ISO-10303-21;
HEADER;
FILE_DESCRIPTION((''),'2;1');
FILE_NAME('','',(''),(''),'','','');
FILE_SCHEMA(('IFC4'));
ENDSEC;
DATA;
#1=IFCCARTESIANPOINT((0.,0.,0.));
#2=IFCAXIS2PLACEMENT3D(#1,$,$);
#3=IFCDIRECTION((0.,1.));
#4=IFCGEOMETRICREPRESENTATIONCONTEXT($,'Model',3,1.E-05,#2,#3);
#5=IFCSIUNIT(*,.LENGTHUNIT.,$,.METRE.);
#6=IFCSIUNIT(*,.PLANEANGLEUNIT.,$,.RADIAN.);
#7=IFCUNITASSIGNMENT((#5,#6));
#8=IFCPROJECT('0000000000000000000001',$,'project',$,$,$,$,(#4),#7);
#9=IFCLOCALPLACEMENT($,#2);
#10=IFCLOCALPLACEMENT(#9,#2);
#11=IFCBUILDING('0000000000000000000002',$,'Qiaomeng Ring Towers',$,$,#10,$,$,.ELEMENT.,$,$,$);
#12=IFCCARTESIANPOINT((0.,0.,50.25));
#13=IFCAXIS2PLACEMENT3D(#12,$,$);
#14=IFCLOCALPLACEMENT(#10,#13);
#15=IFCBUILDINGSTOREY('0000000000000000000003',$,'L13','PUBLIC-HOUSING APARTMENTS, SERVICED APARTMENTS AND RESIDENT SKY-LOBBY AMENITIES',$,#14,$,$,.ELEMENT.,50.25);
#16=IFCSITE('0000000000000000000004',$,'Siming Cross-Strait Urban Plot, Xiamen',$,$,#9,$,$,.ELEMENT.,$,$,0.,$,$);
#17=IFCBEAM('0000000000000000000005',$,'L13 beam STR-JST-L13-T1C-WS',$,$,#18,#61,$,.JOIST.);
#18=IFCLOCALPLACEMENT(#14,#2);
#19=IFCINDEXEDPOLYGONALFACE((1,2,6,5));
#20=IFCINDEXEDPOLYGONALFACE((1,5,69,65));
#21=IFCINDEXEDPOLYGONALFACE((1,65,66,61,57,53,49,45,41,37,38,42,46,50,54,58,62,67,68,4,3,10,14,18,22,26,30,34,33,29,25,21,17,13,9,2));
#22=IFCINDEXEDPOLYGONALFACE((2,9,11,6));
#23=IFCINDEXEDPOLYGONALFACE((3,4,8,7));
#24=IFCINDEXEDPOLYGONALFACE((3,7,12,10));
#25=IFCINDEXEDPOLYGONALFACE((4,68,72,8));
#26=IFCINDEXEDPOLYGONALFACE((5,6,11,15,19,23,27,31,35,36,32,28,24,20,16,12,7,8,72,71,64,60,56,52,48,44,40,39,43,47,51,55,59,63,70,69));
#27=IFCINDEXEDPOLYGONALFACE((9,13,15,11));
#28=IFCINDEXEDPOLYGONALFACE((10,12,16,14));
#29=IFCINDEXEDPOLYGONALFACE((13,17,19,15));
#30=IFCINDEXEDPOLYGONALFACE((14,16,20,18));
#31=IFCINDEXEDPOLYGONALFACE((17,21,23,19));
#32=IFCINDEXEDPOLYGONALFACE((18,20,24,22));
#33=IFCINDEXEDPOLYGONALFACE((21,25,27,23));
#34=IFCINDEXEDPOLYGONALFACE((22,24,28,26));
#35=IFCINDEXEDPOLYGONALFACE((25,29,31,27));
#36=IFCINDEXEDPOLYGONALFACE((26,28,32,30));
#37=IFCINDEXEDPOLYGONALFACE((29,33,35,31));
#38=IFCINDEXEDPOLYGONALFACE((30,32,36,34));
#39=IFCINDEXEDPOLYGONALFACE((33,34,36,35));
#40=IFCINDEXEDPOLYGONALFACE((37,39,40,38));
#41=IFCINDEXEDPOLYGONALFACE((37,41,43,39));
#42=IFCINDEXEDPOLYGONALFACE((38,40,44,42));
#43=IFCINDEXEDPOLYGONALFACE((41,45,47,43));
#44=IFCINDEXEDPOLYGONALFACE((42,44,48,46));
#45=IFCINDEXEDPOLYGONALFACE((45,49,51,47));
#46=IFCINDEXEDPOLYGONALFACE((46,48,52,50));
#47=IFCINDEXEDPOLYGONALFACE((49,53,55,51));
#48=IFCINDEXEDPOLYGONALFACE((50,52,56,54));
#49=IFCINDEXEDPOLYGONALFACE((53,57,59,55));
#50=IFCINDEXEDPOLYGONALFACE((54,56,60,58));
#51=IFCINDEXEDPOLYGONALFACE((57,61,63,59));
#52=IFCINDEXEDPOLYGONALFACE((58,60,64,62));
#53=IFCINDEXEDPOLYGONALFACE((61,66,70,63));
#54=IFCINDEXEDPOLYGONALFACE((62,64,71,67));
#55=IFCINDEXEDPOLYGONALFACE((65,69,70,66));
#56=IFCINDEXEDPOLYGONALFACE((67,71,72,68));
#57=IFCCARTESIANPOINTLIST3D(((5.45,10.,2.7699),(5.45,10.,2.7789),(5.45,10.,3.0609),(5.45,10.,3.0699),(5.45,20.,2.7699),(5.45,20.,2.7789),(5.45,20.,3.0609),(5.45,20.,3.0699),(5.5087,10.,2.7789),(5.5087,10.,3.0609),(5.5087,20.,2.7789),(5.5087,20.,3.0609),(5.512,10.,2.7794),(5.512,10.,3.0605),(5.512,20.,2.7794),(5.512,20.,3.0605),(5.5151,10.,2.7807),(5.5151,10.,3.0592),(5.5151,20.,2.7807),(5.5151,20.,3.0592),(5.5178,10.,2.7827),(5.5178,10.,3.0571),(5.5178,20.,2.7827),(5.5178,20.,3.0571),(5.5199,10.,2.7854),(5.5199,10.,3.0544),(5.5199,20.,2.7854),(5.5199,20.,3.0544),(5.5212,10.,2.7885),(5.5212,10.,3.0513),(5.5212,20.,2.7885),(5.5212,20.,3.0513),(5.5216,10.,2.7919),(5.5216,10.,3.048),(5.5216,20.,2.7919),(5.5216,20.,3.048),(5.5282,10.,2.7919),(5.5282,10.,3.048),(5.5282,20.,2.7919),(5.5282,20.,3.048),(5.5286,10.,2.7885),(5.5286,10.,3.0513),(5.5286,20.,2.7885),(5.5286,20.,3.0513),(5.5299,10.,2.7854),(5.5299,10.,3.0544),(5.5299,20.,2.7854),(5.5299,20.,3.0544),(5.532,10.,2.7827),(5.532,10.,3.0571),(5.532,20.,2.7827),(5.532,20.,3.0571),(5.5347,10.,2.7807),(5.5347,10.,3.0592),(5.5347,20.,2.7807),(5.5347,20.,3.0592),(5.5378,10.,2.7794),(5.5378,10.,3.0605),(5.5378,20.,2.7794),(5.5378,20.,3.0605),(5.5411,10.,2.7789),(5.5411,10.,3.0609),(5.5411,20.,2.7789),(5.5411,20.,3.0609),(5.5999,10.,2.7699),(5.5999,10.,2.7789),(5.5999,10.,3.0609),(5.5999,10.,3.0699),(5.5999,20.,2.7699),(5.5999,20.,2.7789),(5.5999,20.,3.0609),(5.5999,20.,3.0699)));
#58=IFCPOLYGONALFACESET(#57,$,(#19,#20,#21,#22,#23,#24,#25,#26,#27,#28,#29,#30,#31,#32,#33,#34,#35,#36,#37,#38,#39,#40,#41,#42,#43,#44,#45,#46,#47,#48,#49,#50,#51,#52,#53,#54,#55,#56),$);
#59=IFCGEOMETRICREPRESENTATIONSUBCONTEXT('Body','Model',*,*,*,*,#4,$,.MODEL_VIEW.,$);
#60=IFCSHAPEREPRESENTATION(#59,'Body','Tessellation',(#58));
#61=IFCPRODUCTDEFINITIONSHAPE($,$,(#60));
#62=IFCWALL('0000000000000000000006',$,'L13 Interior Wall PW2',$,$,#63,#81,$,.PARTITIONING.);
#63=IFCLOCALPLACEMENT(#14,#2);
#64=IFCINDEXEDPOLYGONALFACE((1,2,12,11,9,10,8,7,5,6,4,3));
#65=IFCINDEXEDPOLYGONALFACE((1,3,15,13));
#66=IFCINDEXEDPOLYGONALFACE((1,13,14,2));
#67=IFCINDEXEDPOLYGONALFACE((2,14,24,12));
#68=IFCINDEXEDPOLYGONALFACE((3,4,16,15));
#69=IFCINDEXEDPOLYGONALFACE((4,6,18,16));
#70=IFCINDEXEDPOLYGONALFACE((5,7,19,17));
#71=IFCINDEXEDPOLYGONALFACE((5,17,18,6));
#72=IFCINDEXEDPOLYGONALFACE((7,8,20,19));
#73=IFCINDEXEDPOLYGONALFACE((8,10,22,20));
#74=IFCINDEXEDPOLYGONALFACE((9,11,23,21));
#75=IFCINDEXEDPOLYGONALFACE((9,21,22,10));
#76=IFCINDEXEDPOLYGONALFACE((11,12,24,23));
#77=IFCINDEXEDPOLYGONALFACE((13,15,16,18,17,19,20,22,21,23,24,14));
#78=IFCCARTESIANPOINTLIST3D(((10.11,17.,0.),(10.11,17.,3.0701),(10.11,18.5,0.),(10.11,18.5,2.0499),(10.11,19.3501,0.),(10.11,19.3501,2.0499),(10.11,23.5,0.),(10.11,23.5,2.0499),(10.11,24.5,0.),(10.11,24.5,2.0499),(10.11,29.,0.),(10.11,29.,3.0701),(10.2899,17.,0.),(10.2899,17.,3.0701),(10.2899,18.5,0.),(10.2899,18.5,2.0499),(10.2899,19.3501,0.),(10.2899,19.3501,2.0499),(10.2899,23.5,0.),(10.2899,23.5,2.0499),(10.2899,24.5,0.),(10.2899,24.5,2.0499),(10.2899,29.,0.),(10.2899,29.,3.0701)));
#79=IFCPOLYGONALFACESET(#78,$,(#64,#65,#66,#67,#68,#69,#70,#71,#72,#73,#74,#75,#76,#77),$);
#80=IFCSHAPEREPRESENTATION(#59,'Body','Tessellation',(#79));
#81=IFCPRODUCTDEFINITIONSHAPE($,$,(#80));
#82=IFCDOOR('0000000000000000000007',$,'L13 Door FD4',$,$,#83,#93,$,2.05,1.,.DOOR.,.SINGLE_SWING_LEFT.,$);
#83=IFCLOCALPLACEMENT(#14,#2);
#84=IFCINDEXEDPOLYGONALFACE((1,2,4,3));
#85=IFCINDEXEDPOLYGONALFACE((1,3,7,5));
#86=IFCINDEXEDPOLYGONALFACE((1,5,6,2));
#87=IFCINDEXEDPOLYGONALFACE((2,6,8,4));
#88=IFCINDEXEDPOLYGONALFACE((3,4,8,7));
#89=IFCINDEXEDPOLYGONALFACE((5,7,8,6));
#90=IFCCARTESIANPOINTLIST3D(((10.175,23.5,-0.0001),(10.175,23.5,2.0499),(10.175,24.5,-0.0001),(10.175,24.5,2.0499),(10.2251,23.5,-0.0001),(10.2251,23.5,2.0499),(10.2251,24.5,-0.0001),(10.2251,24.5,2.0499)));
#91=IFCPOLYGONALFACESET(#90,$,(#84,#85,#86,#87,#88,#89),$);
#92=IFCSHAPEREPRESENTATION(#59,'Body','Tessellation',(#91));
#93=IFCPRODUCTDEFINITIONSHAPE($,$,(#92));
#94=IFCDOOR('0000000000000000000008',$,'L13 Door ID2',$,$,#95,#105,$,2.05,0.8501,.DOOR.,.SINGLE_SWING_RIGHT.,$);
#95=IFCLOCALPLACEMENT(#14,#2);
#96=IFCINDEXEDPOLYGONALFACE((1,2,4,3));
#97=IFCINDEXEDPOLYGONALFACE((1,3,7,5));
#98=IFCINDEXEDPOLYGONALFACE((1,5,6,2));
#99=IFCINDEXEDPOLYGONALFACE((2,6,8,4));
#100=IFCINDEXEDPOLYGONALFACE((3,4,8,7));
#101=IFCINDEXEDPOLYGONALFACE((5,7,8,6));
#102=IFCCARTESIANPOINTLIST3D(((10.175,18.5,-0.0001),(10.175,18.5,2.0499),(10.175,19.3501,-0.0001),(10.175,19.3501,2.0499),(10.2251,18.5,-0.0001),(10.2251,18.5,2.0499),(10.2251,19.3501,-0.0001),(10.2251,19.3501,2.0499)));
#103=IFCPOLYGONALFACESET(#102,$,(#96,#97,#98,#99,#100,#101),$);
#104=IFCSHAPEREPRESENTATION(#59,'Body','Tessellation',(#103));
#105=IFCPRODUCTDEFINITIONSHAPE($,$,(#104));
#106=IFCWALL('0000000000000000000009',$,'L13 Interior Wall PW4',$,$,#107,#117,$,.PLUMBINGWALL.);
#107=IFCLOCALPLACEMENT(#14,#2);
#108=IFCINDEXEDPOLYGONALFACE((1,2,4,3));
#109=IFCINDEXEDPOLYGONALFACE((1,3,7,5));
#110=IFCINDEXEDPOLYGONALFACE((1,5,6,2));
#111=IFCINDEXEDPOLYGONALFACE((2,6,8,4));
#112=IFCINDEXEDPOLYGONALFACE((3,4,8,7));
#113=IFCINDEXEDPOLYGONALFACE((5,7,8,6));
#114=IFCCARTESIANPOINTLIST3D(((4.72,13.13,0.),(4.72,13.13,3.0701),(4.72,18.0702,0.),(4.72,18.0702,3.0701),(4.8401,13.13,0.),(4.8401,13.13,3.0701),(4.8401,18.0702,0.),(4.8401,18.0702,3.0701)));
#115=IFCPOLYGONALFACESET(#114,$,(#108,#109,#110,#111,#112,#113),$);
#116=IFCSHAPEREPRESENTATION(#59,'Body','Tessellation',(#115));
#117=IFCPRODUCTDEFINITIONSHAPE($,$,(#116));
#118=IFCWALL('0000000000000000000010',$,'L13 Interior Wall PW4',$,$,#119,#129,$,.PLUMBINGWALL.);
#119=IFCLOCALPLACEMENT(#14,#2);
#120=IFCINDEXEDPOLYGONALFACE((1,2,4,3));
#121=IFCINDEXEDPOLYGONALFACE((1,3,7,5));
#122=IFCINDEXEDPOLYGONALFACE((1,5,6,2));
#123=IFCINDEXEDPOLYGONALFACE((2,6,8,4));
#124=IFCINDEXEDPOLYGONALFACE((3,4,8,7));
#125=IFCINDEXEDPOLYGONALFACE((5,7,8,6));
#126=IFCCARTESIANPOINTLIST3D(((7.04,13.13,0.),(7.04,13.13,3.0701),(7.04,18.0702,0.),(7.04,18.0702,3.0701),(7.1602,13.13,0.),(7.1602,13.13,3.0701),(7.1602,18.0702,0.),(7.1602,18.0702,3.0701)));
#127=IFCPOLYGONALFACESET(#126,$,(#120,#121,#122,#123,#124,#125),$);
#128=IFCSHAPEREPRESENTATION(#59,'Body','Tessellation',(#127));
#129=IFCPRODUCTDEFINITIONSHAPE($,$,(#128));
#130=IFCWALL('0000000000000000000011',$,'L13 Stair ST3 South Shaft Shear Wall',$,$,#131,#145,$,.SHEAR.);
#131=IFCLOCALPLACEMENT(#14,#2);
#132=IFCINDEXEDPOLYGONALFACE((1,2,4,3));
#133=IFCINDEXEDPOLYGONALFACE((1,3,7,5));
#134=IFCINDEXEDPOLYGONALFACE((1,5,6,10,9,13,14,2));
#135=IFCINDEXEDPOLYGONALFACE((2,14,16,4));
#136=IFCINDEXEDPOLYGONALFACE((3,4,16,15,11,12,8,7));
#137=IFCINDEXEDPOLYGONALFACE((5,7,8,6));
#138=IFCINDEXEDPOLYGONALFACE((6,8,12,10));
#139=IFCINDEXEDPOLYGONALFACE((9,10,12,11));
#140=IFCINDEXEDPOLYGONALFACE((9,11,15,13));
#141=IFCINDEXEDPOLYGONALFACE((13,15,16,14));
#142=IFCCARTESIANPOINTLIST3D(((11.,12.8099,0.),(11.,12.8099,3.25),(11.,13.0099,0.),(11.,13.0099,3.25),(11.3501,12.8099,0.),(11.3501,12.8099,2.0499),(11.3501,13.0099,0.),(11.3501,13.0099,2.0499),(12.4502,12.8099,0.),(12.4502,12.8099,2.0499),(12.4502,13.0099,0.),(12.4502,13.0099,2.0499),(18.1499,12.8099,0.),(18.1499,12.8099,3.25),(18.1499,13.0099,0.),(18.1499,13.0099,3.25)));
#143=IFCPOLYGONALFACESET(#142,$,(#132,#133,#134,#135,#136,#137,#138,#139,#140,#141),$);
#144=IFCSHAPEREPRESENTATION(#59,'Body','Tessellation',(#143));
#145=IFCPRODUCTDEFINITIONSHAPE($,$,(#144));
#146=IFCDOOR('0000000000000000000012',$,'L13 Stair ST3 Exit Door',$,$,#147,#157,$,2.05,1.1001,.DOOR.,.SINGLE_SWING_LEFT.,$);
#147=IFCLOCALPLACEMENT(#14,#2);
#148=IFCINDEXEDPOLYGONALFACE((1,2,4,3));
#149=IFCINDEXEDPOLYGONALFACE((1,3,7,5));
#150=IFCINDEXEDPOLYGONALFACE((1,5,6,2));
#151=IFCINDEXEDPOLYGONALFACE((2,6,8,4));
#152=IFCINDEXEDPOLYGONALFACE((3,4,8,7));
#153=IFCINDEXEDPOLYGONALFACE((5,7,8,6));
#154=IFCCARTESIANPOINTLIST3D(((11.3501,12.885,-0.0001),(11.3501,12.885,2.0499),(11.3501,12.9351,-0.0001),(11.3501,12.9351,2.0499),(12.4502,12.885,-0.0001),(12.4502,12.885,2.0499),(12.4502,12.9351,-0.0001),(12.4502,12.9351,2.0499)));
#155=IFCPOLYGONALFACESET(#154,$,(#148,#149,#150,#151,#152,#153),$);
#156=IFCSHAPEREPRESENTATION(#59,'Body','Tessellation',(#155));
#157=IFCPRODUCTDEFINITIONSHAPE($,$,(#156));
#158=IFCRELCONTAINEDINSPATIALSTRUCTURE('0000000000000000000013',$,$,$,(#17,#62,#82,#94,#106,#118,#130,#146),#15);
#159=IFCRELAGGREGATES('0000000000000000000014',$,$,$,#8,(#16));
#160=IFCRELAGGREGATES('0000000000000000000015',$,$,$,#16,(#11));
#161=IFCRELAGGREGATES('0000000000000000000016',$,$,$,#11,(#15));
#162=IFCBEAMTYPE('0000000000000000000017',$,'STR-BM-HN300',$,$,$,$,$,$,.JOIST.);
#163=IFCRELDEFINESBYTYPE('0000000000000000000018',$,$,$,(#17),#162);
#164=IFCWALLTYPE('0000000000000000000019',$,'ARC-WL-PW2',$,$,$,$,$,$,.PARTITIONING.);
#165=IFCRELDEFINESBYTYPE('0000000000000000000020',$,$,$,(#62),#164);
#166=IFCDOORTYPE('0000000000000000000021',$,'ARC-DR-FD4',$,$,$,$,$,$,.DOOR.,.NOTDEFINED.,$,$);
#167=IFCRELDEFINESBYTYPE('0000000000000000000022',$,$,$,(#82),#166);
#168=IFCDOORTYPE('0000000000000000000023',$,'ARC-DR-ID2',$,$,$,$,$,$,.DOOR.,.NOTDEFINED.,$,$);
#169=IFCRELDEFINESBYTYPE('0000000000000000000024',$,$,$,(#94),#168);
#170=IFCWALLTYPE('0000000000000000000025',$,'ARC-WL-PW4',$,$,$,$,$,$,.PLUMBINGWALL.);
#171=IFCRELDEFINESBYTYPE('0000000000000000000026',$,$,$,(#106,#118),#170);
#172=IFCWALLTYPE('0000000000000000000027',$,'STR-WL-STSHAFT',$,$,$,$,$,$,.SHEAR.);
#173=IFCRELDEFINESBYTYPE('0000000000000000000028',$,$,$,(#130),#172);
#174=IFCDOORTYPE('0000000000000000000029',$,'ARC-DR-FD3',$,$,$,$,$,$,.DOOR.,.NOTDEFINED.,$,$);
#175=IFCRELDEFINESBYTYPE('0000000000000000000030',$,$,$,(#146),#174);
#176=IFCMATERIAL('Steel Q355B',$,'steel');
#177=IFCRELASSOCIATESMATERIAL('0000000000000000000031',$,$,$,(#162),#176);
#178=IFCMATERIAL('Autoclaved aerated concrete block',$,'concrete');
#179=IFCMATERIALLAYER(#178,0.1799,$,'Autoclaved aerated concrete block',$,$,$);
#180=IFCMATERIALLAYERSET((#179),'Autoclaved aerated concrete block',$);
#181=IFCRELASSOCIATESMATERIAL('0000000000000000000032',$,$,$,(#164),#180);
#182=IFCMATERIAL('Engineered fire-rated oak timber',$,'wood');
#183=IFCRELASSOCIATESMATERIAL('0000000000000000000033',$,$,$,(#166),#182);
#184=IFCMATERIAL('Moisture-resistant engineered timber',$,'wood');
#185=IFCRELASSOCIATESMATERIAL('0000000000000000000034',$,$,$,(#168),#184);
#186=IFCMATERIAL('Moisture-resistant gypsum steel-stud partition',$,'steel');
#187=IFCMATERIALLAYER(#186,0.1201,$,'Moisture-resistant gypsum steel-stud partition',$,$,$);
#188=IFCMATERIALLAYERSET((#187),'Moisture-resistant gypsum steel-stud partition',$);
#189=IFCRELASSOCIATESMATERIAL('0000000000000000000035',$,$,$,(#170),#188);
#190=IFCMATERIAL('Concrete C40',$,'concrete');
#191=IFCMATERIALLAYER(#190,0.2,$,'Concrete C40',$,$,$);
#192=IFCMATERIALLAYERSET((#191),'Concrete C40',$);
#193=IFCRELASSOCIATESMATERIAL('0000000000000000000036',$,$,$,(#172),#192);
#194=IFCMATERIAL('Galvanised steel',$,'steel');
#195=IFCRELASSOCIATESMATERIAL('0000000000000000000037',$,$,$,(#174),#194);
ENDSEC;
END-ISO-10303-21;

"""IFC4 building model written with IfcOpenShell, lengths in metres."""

from ifc_helpers import new_model, si_unit, direction, frame, frame_2d, origin, origin_2d, place, context, subcontext, project, spatial, rectangle, i_section, extrude, source, transform, mapped, material, layer, layer_set, material_profile, profile_set, type_object, element, fill, save


model = new_model("IFC4")

# Units and contexts
model_context = context("Model", 3, precision=1e-05, world=origin(), true_north=direction((0.0, 1.0)))
body_context = subcontext(model_context, "Body", "Model", "MODEL_VIEW")
ifc_project = project(units=[si_unit("LENGTHUNIT", "METRE"), si_unit("PLANEANGLEUNIT", "RADIAN")], contexts=[model_context])

# Site, building, storey
site_placement = place(None, origin())
site = spatial("IfcSite", under=ifc_project, at=site_placement, Name="Siming Cross-Strait Urban Plot, Xiamen", CompositionType="ELEMENT", RefElevation=0.0)
building_placement = place(site_placement, origin())
building = spatial("IfcBuilding", under=site, at=building_placement, Name="Qiaomeng Ring Towers", CompositionType="ELEMENT")
storey_placement = place(building_placement, frame((0.0, 0.0, 50.25)))
storey = spatial("IfcBuildingStorey", under=building, at=storey_placement, Name="L13", Description="PUBLIC-HOUSING APARTMENTS, SERVICED APARTMENTS AND RESIDENT SKY-LOBBY AMENITIES", CompositionType="ELEMENT", Elevation=50.25)

# Beam
ifc_material_1 = material(Name="Steel Q355B", Category="steel")
ifc_material_profile = material_profile(ifc_material_1, i_section(OverallWidth=0.1499, OverallDepth=0.3, WebThickness=0.0066, FlangeThickness=0.009, FilletRadius=0.0129, at=origin_2d()), Name="HN 300x150x6.5x9")
ifc_profile_set = profile_set([ifc_material_profile], Name="Steel Q355B")
beam_type = type_object("IfcBeamType", Name="STR-BM-HN300", PredefinedType="JOIST", material=ifc_profile_set)
shared_shape_1 = source(origin(), body_context, "Body", "SweptSolid", [
    extrude(i_section(OverallWidth=0.1499, OverallDepth=0.3, WebThickness=0.0066, FlangeThickness=0.009, FilletRadius=0.0129, at=origin_2d()), origin(), (0.0, 0.0, 1.0), 10.0),
])
beam_placement = place(storey_placement, frame((5.5249, 10.0, 2.9199), z_axis=(0.0, 1.0, 0.0), x_axis=(-1.0, 0.0, 0.0)))
element("IfcBeam", 1, at=beam_placement, inside=storey, type_object=beam_type, Name="L13 beam STR-JST-L13-T1C-WS", PredefinedType="JOIST", context=body_context, shape_type="MappedRepresentation", body=[
    mapped(shared_shape_1, transform((0.0, 0.0, 0.0), x_axis=(1.0, 0.0, 0.0), y_axis=(0.0, 1.0, 0.0), z_axis=(0.0, 0.0, 1.0), scale=1.0)),
])

# Wall, openings, doors
ifc_material_2 = material(Name="Autoclaved aerated concrete block", Category="concrete")
ifc_layer_1 = layer(ifc_material_2, 0.1799, Name="Autoclaved aerated concrete block")
ifc_layer_set_1 = layer_set([ifc_layer_1], Name="Autoclaved aerated concrete block")
wall_type_1 = type_object("IfcWallType", Name="ARC-WL-PW2", PredefinedType="PARTITIONING", material=ifc_layer_set_1)
wall_1_placement = place(storey_placement, frame((10.2, 17.0, 0.0), z_axis=(0.0, 0.0, 1.0), x_axis=(0.0, 1.0, 0.0)))
wall_1 = element("IfcWall", 2, at=wall_1_placement, inside=storey, type_object=wall_type_1, Name="L13 Interior Wall PW2", PredefinedType="PARTITIONING", context=body_context, shape_type="SweptSolid", body=[
    extrude(rectangle(XDim=12.0, YDim=0.1799, at=frame_2d((6.0, 0.0))), origin(), (0.0, 0.0, 1.0), 3.0701),
])
opening_1_placement = place(wall_1_placement, frame((1.5, 0.0, 0.0)))
opening_1 = element("IfcOpeningElement", 3, at=opening_1_placement, cuts=wall_1, PredefinedType="OPENING", context=body_context, shape_type="SweptSolid", body=[
    extrude(rectangle(XDim=0.8501, YDim=2.05, at=frame_2d((0.425, 1.0249))), frame((0.0, 0.0999, 0.0), z_axis=(0.0, -1.0, 0.0), x_axis=(1.0, 0.0, 0.0)), (0.0, 0.0, 1.0), 0.2),
])
opening_2_placement = place(wall_1_placement, frame((6.5, 0.0, 0.0)))
opening_2 = element("IfcOpeningElement", 4, at=opening_2_placement, cuts=wall_1, PredefinedType="OPENING", context=body_context, shape_type="SweptSolid", body=[
    extrude(rectangle(XDim=1.0, YDim=2.05, at=frame_2d((0.5, 1.0249))), frame((0.0, 0.0999, 0.0), z_axis=(0.0, -1.0, 0.0), x_axis=(1.0, 0.0, 0.0)), (0.0, 0.0, 1.0), 0.2),
])
ifc_material_3 = material(Name="Engineered fire-rated oak timber", Category="wood")
door_type_1 = type_object("IfcDoorType", Name="ARC-DR-FD4", OperationType="NOTDEFINED", PredefinedType="DOOR", material=ifc_material_3)
shared_shape_2 = source(origin(), body_context, "Body", "SweptSolid", [
    extrude(rectangle(XDim=1.0, YDim=2.05, at=frame_2d((0.5, 1.0249))), frame((0.0, 0.0249, 0.0), z_axis=(0.0, -1.0, 0.0), x_axis=(1.0, 0.0, 0.0)), (0.0, 0.0, 1.0), 0.05),
])
door_1_placement = place(opening_2_placement, origin())
door_1 = element("IfcDoor", 5, at=door_1_placement, inside=storey, type_object=door_type_1, Name="L13 Door FD4", OperationType="SINGLE_SWING_LEFT", OverallHeight=2.05, OverallWidth=1.0, PredefinedType="DOOR", context=body_context, shape_type="MappedRepresentation", body=[
    mapped(shared_shape_2, transform((0.0, 0.0, 0.0), x_axis=(1.0, 0.0, 0.0), y_axis=(0.0, 1.0, 0.0), z_axis=(0.0, 0.0, 1.0), scale=1.0)),
])
fill(opening_2, door_1)
ifc_material_4 = material(Name="Moisture-resistant engineered timber", Category="wood")
door_type_2 = type_object("IfcDoorType", Name="ARC-DR-ID2", OperationType="NOTDEFINED", PredefinedType="DOOR", material=ifc_material_4)
shared_shape_3 = source(origin(), body_context, "Body", "SweptSolid", [
    extrude(rectangle(XDim=0.8501, YDim=2.05, at=frame_2d((0.425, 1.0249))), frame((0.0, 0.0249, 0.0), z_axis=(0.0, -1.0, 0.0), x_axis=(1.0, 0.0, 0.0)), (0.0, 0.0, 1.0), 0.05),
])
door_2_placement = place(opening_1_placement, origin())
door_2 = element("IfcDoor", 6, at=door_2_placement, inside=storey, type_object=door_type_2, Name="L13 Door ID2", OperationType="SINGLE_SWING_RIGHT", OverallHeight=2.05, OverallWidth=0.8501, PredefinedType="DOOR", context=body_context, shape_type="MappedRepresentation", body=[
    mapped(shared_shape_3, transform((0.0, 0.0, 0.0), x_axis=(1.0, 0.0, 0.0), y_axis=(0.0, 1.0, 0.0), z_axis=(0.0, 0.0, 1.0), scale=1.0)),
])
fill(opening_1, door_2)

# Walls
ifc_material_5 = material(Name="Moisture-resistant gypsum steel-stud partition", Category="steel")
ifc_layer_2 = layer(ifc_material_5, 0.1201, Name="Moisture-resistant gypsum steel-stud partition")
ifc_layer_set_2 = layer_set([ifc_layer_2], Name="Moisture-resistant gypsum steel-stud partition")
wall_type_2 = type_object("IfcWallType", Name="ARC-WL-PW4", PredefinedType="PLUMBINGWALL", material=ifc_layer_set_2)
for number, where, z_axis, x_axis, name in (
    (7, (4.78, 13.1299, 0.0), (0.0, 0.0, 1.0), (0.0, 1.0, 0.0), "L13 Interior Wall PW4"),
    (8, (7.1001, 13.1299, 0.0), (0.0, 0.0, 1.0), (0.0, 1.0, 0.0), "L13 Interior Wall PW4"),
):
    element("IfcWall", number, at=place(storey_placement, frame(where, z_axis=z_axis, x_axis=x_axis)), inside=storey, type_object=wall_type_2, Name=name, PredefinedType="PLUMBINGWALL", context=body_context, shape_type="SweptSolid", body=[
        extrude(rectangle(XDim=4.9402, YDim=0.1201, at=frame_2d((2.4702, 0.0))), origin(), (0.0, 0.0, 1.0), 3.0701),
    ])

# Wall, opening, door
ifc_material_6 = material(Name="Concrete C40", Category="concrete")
ifc_layer_3 = layer(ifc_material_6, 0.2, Name="Concrete C40")
ifc_layer_set_3 = layer_set([ifc_layer_3], Name="Concrete C40")
wall_type_3 = type_object("IfcWallType", Name="STR-WL-STSHAFT", PredefinedType="SHEAR", material=ifc_layer_set_3)
wall_2_placement = place(storey_placement, frame((11.0, 12.9099, 0.0), z_axis=(0.0, 0.0, 1.0), x_axis=(1.0, 0.0, 0.0)))
wall_2 = element("IfcWall", 9, at=wall_2_placement, inside=storey, type_object=wall_type_3, Name="L13 Stair ST3 South Shaft Shear Wall", PredefinedType="SHEAR", context=body_context, shape_type="SweptSolid", body=[
    extrude(rectangle(XDim=7.1499, YDim=0.2, at=frame_2d((3.575, 0.0))), origin(), (0.0, 0.0, 1.0), 3.25),
])
opening_3_placement = place(wall_2_placement, frame((0.3501, 0.0, 0.0)))
opening_3 = element("IfcOpeningElement", 10, at=opening_3_placement, cuts=wall_2, PredefinedType="OPENING", context=body_context, shape_type="SweptSolid", body=[
    extrude(rectangle(XDim=1.1001, YDim=2.05, at=frame_2d((0.55, 1.0249))), frame((0.0, 0.1099, 0.0), z_axis=(0.0, -1.0, 0.0), x_axis=(1.0, 0.0, 0.0)), (0.0, 0.0, 1.0), 0.22),
])
ifc_material_7 = material(Name="Galvanised steel", Category="steel")
door_type_3 = type_object("IfcDoorType", Name="ARC-DR-FD3", OperationType="NOTDEFINED", PredefinedType="DOOR", material=ifc_material_7)
shared_shape_4 = source(origin(), body_context, "Body", "SweptSolid", [
    extrude(rectangle(XDim=1.1001, YDim=2.05, at=frame_2d((0.55, 1.0249))), frame((0.0, 0.0249, 0.0), z_axis=(0.0, -1.0, 0.0), x_axis=(1.0, 0.0, 0.0)), (0.0, 0.0, 1.0), 0.05),
])
door_3_placement = place(opening_3_placement, frame((1.1001, 0.0, 0.0), z_axis=(0.0, 0.0, 1.0), x_axis=(-1.0, 0.0, 0.0)))
door_3 = element("IfcDoor", 11, at=door_3_placement, inside=storey, type_object=door_type_3, Name="L13 Stair ST3 Exit Door", OperationType="SINGLE_SWING_LEFT", OverallHeight=2.05, OverallWidth=1.1001, PredefinedType="DOOR", context=body_context, shape_type="MappedRepresentation", body=[
    mapped(shared_shape_4, transform((0.0, 0.0, 0.0), x_axis=(1.0, 0.0, 0.0), y_axis=(0.0, 1.0, 0.0), z_axis=(0.0, 0.0, 1.0), scale=1.0)),
])
fill(opening_3, door_3)

save(model, "model.ifc")
